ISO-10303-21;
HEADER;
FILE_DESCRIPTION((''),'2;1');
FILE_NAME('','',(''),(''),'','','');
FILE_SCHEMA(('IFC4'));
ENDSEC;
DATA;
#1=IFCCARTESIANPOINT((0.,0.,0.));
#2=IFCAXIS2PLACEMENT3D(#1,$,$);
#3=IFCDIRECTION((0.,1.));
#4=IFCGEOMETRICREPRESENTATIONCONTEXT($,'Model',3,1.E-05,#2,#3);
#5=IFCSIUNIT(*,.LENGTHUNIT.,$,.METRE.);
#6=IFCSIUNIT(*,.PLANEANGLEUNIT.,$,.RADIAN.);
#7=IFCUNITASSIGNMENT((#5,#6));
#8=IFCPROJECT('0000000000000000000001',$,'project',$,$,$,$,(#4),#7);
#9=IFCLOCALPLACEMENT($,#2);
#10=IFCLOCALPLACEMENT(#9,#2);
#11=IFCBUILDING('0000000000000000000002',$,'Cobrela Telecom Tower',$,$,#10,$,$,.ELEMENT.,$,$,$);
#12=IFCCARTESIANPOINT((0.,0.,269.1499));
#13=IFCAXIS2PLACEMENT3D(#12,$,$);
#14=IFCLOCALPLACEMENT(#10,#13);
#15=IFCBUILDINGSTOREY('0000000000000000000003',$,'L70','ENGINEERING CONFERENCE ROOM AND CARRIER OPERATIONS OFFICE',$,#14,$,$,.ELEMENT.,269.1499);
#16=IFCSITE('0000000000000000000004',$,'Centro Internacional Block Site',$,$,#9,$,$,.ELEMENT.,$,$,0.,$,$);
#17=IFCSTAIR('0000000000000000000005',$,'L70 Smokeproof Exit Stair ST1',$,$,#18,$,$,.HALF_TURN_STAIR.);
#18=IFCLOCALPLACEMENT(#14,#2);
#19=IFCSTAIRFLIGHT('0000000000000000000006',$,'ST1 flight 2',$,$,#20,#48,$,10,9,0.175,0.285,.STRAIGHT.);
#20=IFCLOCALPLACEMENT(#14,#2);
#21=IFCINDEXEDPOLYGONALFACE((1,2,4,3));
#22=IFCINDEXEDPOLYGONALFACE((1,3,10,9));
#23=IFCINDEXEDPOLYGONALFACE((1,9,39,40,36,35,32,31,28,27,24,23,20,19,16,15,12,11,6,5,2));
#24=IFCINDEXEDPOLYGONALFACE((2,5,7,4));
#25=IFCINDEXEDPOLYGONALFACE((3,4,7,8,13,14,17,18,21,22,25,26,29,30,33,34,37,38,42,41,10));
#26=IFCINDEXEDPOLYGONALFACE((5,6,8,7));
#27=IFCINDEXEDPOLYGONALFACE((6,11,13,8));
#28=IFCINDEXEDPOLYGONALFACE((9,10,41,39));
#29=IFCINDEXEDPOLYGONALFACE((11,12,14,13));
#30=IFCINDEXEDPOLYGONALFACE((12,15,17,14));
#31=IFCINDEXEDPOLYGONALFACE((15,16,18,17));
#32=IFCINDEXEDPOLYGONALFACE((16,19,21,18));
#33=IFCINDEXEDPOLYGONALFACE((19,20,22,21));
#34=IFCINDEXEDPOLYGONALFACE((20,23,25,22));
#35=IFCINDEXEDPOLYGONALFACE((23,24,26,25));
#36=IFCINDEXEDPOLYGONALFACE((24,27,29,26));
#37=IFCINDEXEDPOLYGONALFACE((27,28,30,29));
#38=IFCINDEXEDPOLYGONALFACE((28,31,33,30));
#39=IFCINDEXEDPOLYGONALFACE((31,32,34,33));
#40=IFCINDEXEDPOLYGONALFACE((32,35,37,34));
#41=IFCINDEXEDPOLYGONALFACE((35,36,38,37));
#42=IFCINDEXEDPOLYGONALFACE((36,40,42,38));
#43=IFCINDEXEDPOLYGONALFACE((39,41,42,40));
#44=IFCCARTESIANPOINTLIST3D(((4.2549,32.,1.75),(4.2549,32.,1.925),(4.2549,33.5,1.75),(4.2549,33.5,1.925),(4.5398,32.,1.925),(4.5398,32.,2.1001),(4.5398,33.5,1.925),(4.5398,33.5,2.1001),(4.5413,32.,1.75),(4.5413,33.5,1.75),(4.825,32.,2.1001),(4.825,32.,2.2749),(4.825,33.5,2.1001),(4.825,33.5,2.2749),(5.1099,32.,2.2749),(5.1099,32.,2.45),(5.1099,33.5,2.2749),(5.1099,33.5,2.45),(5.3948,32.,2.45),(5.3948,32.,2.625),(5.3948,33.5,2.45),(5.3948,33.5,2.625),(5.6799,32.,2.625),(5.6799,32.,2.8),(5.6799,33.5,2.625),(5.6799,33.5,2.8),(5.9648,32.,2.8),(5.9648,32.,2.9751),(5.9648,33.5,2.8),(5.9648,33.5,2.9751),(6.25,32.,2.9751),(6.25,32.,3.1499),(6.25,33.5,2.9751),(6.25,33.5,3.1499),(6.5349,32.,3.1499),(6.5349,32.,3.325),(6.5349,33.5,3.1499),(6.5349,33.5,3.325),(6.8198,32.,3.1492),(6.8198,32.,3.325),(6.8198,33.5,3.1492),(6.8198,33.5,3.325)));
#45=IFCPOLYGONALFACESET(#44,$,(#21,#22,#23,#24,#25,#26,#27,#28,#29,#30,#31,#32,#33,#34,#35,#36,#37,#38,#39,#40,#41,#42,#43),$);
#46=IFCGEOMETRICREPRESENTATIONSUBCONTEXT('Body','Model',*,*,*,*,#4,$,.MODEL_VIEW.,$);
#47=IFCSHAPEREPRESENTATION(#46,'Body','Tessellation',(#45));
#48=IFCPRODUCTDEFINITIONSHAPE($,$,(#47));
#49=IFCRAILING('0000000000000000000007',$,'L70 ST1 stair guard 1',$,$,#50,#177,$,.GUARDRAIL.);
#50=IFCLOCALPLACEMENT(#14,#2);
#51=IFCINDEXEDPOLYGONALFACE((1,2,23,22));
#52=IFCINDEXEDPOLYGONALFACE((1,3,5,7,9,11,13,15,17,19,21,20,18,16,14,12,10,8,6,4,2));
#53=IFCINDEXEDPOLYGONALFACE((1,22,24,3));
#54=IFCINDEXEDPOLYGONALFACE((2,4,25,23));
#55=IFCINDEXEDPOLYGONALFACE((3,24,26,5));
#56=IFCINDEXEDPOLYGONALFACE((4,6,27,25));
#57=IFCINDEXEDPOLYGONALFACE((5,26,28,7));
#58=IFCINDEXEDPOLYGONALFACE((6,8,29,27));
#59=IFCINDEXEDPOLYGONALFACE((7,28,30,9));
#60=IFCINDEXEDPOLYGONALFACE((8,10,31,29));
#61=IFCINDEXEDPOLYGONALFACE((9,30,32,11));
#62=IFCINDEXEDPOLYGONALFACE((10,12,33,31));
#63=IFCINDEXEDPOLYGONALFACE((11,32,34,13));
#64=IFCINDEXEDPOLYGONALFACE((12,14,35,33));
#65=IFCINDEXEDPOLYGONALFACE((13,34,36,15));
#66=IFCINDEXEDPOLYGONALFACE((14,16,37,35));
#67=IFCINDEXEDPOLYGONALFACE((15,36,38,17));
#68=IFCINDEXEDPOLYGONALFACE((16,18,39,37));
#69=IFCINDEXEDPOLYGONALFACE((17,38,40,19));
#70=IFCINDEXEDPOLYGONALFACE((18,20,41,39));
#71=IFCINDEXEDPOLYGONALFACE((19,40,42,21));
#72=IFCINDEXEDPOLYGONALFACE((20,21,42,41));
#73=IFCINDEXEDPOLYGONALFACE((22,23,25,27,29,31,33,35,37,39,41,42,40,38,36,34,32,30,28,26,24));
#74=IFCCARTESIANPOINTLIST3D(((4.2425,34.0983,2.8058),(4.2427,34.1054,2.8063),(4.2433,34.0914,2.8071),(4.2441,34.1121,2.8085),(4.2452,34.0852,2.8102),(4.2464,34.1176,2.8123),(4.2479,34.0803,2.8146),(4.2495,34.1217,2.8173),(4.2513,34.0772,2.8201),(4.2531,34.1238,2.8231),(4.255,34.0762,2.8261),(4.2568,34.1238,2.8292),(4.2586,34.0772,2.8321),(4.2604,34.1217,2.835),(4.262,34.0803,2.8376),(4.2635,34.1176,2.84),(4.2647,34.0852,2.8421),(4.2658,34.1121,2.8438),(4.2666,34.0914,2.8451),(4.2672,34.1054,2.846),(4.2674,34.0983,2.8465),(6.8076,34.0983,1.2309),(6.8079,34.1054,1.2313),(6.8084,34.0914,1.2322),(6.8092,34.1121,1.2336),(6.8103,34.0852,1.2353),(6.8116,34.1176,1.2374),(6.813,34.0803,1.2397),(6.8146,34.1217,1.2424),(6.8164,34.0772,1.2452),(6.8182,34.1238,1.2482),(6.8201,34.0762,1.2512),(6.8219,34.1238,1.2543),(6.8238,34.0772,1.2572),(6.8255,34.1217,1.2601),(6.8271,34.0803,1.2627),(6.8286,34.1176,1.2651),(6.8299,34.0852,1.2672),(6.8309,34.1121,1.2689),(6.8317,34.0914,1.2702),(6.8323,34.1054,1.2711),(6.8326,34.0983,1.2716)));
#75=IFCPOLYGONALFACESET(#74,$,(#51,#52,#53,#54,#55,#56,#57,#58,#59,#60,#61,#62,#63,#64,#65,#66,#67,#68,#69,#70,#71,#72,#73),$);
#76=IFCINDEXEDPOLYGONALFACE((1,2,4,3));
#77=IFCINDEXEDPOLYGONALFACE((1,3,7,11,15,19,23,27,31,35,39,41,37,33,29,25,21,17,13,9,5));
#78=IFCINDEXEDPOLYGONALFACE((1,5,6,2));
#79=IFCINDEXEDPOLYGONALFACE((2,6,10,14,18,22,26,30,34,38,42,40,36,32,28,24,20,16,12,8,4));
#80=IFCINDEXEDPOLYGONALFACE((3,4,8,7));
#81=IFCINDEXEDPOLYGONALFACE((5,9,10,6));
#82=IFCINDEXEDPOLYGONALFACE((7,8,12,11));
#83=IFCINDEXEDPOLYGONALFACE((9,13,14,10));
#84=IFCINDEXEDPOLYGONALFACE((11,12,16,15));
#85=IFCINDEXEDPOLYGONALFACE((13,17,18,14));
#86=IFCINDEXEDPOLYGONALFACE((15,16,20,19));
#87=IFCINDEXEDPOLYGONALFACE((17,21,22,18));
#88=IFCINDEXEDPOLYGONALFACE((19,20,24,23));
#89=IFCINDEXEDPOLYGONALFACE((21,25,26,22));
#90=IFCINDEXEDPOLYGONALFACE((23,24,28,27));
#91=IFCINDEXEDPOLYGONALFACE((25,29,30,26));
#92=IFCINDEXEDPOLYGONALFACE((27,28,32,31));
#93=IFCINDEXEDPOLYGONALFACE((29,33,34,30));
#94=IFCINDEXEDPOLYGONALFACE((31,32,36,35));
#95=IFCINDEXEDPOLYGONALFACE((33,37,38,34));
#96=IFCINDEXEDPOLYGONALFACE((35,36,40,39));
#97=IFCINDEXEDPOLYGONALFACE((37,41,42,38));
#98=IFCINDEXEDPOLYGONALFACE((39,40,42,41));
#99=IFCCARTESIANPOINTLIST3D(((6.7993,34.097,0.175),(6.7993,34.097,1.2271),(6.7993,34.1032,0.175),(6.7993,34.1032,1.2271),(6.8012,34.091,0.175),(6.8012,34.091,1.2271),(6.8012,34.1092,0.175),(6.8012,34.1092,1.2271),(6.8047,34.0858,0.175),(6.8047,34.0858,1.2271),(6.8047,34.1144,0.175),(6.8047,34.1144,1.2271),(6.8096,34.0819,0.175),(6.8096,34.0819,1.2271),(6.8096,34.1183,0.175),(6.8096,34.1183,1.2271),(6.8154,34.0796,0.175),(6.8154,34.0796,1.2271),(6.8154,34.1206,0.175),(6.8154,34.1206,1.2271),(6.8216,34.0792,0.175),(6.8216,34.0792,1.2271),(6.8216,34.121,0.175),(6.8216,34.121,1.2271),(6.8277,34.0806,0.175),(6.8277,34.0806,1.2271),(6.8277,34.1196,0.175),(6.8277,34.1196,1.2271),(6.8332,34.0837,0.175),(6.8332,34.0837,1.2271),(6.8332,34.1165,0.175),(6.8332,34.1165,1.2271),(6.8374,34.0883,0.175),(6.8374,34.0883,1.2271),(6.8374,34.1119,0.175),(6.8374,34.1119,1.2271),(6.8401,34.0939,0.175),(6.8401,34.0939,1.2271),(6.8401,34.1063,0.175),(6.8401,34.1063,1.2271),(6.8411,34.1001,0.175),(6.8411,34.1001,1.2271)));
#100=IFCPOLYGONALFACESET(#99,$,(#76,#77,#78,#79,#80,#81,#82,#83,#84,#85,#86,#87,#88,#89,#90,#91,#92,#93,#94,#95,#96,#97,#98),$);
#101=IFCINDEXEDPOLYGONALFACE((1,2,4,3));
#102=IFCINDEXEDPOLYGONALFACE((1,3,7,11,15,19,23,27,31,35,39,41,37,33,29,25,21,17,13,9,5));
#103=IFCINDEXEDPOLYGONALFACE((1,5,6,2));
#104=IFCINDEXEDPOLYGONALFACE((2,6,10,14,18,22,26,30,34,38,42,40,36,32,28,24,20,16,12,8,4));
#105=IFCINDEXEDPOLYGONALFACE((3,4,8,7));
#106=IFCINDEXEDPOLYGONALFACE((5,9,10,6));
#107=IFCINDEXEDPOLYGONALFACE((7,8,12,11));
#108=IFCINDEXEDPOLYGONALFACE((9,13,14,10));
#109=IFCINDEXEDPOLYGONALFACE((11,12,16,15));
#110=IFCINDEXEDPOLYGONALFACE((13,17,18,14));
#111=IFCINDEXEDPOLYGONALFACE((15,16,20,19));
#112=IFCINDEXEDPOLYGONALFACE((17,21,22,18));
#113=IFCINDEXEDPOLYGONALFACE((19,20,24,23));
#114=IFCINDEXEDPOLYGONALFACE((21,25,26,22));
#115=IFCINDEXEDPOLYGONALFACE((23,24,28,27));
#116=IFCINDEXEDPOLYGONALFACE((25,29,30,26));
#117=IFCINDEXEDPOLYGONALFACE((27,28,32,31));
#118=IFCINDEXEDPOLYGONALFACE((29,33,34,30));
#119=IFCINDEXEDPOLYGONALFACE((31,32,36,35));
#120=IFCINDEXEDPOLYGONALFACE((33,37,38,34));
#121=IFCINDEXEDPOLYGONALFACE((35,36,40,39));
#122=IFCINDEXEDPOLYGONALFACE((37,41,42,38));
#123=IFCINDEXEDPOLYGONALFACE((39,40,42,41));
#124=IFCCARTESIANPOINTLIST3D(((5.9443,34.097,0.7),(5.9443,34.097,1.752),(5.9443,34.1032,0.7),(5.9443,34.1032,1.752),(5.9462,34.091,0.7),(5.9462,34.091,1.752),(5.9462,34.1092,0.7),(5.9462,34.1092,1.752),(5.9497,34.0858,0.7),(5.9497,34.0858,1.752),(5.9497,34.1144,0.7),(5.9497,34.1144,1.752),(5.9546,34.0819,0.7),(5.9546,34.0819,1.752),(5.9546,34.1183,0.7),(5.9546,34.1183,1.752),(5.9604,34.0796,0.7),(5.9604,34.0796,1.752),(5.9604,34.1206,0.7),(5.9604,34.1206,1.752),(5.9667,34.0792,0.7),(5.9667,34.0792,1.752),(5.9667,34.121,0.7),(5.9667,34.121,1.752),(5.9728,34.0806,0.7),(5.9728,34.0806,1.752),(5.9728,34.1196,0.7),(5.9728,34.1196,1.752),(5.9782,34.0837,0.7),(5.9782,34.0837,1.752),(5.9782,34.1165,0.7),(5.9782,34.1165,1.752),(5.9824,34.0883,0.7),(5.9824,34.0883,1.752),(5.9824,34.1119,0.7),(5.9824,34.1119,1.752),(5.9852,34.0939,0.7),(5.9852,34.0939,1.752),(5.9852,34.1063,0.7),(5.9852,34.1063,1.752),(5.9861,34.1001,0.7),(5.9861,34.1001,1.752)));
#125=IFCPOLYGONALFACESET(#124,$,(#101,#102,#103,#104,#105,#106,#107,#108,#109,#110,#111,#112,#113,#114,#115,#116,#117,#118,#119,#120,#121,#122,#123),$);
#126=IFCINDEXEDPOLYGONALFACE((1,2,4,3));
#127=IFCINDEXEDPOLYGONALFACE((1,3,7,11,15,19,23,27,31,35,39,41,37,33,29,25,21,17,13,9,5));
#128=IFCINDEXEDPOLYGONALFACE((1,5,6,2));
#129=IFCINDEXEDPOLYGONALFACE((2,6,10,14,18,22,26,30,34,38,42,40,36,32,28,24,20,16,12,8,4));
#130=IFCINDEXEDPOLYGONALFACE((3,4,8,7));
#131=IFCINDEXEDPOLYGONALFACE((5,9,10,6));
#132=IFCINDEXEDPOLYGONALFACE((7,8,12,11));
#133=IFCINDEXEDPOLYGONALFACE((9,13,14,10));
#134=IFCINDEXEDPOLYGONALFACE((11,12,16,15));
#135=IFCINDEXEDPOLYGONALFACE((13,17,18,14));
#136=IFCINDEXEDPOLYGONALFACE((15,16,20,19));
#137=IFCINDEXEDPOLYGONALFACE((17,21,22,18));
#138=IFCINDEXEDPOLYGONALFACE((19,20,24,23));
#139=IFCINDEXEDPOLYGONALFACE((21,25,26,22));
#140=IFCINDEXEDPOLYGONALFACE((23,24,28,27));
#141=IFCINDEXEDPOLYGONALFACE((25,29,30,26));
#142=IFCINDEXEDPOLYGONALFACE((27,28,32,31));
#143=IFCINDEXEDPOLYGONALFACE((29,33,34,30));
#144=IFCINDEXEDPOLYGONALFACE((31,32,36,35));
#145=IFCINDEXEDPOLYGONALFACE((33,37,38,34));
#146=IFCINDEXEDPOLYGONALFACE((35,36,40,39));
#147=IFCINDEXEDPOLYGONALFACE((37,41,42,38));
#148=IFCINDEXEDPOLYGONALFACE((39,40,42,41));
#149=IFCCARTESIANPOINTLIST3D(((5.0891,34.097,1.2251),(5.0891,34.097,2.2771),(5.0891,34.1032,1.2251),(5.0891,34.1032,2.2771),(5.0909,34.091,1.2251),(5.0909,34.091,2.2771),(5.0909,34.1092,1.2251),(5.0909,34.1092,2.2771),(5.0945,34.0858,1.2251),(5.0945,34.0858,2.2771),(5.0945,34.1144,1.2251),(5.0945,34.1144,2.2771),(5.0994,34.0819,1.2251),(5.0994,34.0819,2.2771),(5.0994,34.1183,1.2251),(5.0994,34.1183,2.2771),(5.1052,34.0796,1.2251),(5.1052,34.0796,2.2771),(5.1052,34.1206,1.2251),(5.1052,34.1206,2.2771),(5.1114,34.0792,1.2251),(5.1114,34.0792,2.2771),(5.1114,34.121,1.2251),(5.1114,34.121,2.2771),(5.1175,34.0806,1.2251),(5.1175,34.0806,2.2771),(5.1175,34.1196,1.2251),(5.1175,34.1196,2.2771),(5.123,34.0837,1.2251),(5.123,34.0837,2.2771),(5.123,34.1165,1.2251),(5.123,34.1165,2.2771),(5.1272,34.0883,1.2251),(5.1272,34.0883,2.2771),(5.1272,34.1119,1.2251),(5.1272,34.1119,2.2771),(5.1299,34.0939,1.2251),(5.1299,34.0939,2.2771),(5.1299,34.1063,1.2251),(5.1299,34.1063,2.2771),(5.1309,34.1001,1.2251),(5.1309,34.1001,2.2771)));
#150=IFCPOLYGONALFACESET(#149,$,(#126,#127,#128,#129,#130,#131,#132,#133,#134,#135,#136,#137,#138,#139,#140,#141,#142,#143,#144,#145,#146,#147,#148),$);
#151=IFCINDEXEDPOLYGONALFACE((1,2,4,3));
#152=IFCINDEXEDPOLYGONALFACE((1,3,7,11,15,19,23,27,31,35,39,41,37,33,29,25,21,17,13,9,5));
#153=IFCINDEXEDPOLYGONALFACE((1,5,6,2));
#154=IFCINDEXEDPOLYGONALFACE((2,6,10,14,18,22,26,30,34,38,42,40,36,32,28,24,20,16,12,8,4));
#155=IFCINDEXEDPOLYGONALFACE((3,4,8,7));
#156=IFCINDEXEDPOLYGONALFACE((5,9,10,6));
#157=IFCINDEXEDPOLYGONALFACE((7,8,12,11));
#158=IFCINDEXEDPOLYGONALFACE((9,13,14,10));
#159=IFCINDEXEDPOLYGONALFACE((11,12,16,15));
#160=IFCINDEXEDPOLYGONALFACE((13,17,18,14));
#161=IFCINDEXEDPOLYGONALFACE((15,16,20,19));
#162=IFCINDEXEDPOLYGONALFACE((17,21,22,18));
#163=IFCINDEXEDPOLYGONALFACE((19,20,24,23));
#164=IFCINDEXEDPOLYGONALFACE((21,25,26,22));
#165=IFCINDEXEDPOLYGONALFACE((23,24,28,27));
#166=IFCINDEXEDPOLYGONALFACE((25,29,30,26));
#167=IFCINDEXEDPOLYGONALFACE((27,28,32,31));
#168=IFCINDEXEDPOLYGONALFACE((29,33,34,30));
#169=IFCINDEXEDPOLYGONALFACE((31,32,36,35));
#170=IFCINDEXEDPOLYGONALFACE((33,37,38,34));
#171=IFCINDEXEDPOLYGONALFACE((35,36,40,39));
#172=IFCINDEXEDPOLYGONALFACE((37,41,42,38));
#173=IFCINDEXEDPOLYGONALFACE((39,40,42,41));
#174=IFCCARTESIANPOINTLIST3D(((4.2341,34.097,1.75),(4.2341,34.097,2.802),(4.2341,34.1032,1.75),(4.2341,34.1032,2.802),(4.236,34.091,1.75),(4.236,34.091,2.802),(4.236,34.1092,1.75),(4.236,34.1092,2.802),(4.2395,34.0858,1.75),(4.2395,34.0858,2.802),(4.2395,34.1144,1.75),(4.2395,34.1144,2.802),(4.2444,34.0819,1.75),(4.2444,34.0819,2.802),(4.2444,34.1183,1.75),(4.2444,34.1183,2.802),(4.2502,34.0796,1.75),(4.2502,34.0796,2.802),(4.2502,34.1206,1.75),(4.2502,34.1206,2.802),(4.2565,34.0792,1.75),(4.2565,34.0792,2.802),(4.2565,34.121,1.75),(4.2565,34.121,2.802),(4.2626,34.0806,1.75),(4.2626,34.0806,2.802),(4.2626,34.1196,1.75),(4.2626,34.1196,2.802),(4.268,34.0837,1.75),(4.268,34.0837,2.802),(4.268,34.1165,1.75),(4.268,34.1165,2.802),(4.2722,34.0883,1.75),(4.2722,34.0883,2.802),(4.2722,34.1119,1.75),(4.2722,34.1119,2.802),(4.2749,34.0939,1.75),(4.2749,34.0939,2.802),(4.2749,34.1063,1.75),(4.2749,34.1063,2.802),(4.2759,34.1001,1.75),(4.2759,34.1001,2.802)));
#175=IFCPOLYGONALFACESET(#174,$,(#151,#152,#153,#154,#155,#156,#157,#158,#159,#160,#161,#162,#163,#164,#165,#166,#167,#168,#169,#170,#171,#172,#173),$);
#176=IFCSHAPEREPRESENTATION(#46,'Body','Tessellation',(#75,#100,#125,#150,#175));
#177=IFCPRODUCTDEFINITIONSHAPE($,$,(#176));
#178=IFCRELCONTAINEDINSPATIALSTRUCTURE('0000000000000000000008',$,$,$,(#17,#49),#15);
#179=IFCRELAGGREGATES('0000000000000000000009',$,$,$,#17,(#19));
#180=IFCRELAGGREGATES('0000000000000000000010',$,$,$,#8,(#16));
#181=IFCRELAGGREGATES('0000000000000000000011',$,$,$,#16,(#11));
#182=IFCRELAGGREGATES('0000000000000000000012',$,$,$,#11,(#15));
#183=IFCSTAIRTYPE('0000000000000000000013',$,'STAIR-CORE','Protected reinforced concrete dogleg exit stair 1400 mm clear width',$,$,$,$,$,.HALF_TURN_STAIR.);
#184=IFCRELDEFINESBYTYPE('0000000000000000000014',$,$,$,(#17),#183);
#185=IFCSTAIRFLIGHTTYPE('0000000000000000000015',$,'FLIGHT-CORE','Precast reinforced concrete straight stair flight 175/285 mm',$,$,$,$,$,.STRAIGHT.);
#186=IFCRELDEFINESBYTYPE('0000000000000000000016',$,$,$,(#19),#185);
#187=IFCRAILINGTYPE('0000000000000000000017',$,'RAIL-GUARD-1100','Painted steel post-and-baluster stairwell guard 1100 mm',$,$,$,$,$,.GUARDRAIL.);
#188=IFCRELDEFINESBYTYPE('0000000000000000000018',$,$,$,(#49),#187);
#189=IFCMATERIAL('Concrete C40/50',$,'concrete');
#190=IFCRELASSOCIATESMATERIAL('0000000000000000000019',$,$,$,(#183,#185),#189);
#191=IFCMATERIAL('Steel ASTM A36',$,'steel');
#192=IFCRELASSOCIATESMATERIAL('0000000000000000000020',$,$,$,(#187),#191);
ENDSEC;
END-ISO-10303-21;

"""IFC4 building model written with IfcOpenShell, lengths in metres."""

from ifc_helpers import new_model, si_unit, direction, frame, origin, origin_2d, place, context, subcontext, project, spatial, polyline, circle, outline, extrude, material, type_object, element, aggregate, save


model = new_model("IFC4")

# Units and contexts
model_context = context("Model", 3, precision=1e-05, world=origin(), true_north=direction((0.0, 1.0)))
body_context = subcontext(model_context, "Body", "Model", "MODEL_VIEW")
ifc_project = project(units=[si_unit("LENGTHUNIT", "METRE"), si_unit("PLANEANGLEUNIT", "RADIAN")], contexts=[model_context])

# Site, building, storey
site_placement = place(None, origin())
site = spatial("IfcSite", under=ifc_project, at=site_placement, Name="Centro Internacional Block Site", CompositionType="ELEMENT", RefElevation=0.0)
building_placement = place(site_placement, origin())
building = spatial("IfcBuilding", under=site, at=building_placement, Name="Cobrela Telecom Tower", CompositionType="ELEMENT")
storey_placement = place(building_placement, frame((0.0, 0.0, 269.1499)))
storey = spatial("IfcBuildingStorey", under=building, at=storey_placement, Name="L70", Description="ENGINEERING CONFERENCE ROOM AND CARRIER OPERATIONS OFFICE", CompositionType="ELEMENT", Elevation=269.1499)

# Shared definitions
ifc_material_1 = material(Name="Concrete C40/50", Category="concrete")

# Shared definitions
ifc_material_2 = material(Name="Steel ASTM A36", Category="steel")

# Stair, stair flight
stair_type = type_object("IfcStairType", Name="STAIR-CORE", Description="Protected reinforced concrete dogleg exit stair 1400 mm clear width", PredefinedType="HALF_TURN_STAIR", material=ifc_material_1)
stair_placement = place(storey_placement, origin())
stair = element("IfcStair", 1, at=stair_placement, inside=storey, type_object=stair_type, Name="L70 Smokeproof Exit Stair ST1", PredefinedType="HALF_TURN_STAIR")
stair_flight_type = type_object("IfcStairFlightType", Name="FLIGHT-CORE", Description="Precast reinforced concrete straight stair flight 175/285 mm", PredefinedType="STRAIGHT", material=ifc_material_1)
stair_flight_1_placement = place(storey_placement, frame((4.2549, 32.75, 1.75), z_axis=(0.0, 0.0, 1.0), x_axis=(1.0, 0.0, 0.0)))
stair_flight_1 = element("IfcStairFlight", 2, at=stair_flight_1_placement, type_object=stair_flight_type, Name="ST1 flight 2", NumberOfRisers=10, NumberOfTreads=9, PredefinedType="STRAIGHT", RiserHeight=0.175, TreadLength=0.285, context=body_context, shape_type="SweptSolid", body=[
    extrude(outline(polyline([(0.0, 0.0), (0.0, 0.175), (0.2849, 0.175), (0.2849, 0.3501), (0.5701, 0.3501), (0.5701, 0.5249), (0.855, 0.5249), (0.855, 0.7), (1.1399, 0.7), (1.1399, 0.875), (1.425, 0.875), (1.425, 1.05), (1.71, 1.05), (1.71, 1.2251), (1.9951, 1.2251), (1.9951, 1.3999), (2.28, 1.3999), (2.28, 1.575), (2.5649, 1.575), (2.5649, 1.75), (2.5649, 1.3992), (0.2864, 0.0), (0.0, 0.0)])), frame((0.0, 0.75, 0.0), z_axis=(0.0, -1.0, 0.0), x_axis=(1.0, 0.0, 0.0)), (0.0, 0.0, 1.0), 1.5),
])
aggregate(stair, [stair_flight_1])

# Railing
railing_type_1 = type_object("IfcRailingType", Name="RAIL-GUARD-1100", Description="Painted steel post-and-baluster stairwell guard 1100 mm", PredefinedType="GUARDRAIL", material=ifc_material_2)
railing_1_placement = place(storey_placement, frame((6.8201, 34.1001, 0.175)))
element("IfcRailing", 3, at=railing_1_placement, inside=storey, type_object=railing_type_1, Name="L70 ST1 stair guard 1", PredefinedType="GUARDRAIL", context=body_context, shape_type="SweptSolid", body=[
    extrude(circle(Radius=0.0239, at=origin_2d()), frame((0.0, 0.0, 1.0762), z_axis=(-0.852195, 0.0, 0.523224), x_axis=(0.0, -1.0, 0.0)), (0.0, 0.0, 1.0), 3.01),
    extrude(circle(Radius=0.021, at=origin_2d()), origin(), (0.0, 0.0, 1.0), 1.052),
    extrude(circle(Radius=0.021, at=origin_2d()), frame((-0.855, 0.0, 0.5249)), (0.0, 0.0, 1.0), 1.052),
    extrude(circle(Radius=0.021, at=origin_2d()), frame((-1.7102, 0.0, 1.05)), (0.0, 0.0, 1.0), 1.052),
    extrude(circle(Radius=0.021, at=origin_2d()), frame((-2.5652, 0.0, 1.575)), (0.0, 0.0, 1.0), 1.052),
])

save(model, "model.ifc")
